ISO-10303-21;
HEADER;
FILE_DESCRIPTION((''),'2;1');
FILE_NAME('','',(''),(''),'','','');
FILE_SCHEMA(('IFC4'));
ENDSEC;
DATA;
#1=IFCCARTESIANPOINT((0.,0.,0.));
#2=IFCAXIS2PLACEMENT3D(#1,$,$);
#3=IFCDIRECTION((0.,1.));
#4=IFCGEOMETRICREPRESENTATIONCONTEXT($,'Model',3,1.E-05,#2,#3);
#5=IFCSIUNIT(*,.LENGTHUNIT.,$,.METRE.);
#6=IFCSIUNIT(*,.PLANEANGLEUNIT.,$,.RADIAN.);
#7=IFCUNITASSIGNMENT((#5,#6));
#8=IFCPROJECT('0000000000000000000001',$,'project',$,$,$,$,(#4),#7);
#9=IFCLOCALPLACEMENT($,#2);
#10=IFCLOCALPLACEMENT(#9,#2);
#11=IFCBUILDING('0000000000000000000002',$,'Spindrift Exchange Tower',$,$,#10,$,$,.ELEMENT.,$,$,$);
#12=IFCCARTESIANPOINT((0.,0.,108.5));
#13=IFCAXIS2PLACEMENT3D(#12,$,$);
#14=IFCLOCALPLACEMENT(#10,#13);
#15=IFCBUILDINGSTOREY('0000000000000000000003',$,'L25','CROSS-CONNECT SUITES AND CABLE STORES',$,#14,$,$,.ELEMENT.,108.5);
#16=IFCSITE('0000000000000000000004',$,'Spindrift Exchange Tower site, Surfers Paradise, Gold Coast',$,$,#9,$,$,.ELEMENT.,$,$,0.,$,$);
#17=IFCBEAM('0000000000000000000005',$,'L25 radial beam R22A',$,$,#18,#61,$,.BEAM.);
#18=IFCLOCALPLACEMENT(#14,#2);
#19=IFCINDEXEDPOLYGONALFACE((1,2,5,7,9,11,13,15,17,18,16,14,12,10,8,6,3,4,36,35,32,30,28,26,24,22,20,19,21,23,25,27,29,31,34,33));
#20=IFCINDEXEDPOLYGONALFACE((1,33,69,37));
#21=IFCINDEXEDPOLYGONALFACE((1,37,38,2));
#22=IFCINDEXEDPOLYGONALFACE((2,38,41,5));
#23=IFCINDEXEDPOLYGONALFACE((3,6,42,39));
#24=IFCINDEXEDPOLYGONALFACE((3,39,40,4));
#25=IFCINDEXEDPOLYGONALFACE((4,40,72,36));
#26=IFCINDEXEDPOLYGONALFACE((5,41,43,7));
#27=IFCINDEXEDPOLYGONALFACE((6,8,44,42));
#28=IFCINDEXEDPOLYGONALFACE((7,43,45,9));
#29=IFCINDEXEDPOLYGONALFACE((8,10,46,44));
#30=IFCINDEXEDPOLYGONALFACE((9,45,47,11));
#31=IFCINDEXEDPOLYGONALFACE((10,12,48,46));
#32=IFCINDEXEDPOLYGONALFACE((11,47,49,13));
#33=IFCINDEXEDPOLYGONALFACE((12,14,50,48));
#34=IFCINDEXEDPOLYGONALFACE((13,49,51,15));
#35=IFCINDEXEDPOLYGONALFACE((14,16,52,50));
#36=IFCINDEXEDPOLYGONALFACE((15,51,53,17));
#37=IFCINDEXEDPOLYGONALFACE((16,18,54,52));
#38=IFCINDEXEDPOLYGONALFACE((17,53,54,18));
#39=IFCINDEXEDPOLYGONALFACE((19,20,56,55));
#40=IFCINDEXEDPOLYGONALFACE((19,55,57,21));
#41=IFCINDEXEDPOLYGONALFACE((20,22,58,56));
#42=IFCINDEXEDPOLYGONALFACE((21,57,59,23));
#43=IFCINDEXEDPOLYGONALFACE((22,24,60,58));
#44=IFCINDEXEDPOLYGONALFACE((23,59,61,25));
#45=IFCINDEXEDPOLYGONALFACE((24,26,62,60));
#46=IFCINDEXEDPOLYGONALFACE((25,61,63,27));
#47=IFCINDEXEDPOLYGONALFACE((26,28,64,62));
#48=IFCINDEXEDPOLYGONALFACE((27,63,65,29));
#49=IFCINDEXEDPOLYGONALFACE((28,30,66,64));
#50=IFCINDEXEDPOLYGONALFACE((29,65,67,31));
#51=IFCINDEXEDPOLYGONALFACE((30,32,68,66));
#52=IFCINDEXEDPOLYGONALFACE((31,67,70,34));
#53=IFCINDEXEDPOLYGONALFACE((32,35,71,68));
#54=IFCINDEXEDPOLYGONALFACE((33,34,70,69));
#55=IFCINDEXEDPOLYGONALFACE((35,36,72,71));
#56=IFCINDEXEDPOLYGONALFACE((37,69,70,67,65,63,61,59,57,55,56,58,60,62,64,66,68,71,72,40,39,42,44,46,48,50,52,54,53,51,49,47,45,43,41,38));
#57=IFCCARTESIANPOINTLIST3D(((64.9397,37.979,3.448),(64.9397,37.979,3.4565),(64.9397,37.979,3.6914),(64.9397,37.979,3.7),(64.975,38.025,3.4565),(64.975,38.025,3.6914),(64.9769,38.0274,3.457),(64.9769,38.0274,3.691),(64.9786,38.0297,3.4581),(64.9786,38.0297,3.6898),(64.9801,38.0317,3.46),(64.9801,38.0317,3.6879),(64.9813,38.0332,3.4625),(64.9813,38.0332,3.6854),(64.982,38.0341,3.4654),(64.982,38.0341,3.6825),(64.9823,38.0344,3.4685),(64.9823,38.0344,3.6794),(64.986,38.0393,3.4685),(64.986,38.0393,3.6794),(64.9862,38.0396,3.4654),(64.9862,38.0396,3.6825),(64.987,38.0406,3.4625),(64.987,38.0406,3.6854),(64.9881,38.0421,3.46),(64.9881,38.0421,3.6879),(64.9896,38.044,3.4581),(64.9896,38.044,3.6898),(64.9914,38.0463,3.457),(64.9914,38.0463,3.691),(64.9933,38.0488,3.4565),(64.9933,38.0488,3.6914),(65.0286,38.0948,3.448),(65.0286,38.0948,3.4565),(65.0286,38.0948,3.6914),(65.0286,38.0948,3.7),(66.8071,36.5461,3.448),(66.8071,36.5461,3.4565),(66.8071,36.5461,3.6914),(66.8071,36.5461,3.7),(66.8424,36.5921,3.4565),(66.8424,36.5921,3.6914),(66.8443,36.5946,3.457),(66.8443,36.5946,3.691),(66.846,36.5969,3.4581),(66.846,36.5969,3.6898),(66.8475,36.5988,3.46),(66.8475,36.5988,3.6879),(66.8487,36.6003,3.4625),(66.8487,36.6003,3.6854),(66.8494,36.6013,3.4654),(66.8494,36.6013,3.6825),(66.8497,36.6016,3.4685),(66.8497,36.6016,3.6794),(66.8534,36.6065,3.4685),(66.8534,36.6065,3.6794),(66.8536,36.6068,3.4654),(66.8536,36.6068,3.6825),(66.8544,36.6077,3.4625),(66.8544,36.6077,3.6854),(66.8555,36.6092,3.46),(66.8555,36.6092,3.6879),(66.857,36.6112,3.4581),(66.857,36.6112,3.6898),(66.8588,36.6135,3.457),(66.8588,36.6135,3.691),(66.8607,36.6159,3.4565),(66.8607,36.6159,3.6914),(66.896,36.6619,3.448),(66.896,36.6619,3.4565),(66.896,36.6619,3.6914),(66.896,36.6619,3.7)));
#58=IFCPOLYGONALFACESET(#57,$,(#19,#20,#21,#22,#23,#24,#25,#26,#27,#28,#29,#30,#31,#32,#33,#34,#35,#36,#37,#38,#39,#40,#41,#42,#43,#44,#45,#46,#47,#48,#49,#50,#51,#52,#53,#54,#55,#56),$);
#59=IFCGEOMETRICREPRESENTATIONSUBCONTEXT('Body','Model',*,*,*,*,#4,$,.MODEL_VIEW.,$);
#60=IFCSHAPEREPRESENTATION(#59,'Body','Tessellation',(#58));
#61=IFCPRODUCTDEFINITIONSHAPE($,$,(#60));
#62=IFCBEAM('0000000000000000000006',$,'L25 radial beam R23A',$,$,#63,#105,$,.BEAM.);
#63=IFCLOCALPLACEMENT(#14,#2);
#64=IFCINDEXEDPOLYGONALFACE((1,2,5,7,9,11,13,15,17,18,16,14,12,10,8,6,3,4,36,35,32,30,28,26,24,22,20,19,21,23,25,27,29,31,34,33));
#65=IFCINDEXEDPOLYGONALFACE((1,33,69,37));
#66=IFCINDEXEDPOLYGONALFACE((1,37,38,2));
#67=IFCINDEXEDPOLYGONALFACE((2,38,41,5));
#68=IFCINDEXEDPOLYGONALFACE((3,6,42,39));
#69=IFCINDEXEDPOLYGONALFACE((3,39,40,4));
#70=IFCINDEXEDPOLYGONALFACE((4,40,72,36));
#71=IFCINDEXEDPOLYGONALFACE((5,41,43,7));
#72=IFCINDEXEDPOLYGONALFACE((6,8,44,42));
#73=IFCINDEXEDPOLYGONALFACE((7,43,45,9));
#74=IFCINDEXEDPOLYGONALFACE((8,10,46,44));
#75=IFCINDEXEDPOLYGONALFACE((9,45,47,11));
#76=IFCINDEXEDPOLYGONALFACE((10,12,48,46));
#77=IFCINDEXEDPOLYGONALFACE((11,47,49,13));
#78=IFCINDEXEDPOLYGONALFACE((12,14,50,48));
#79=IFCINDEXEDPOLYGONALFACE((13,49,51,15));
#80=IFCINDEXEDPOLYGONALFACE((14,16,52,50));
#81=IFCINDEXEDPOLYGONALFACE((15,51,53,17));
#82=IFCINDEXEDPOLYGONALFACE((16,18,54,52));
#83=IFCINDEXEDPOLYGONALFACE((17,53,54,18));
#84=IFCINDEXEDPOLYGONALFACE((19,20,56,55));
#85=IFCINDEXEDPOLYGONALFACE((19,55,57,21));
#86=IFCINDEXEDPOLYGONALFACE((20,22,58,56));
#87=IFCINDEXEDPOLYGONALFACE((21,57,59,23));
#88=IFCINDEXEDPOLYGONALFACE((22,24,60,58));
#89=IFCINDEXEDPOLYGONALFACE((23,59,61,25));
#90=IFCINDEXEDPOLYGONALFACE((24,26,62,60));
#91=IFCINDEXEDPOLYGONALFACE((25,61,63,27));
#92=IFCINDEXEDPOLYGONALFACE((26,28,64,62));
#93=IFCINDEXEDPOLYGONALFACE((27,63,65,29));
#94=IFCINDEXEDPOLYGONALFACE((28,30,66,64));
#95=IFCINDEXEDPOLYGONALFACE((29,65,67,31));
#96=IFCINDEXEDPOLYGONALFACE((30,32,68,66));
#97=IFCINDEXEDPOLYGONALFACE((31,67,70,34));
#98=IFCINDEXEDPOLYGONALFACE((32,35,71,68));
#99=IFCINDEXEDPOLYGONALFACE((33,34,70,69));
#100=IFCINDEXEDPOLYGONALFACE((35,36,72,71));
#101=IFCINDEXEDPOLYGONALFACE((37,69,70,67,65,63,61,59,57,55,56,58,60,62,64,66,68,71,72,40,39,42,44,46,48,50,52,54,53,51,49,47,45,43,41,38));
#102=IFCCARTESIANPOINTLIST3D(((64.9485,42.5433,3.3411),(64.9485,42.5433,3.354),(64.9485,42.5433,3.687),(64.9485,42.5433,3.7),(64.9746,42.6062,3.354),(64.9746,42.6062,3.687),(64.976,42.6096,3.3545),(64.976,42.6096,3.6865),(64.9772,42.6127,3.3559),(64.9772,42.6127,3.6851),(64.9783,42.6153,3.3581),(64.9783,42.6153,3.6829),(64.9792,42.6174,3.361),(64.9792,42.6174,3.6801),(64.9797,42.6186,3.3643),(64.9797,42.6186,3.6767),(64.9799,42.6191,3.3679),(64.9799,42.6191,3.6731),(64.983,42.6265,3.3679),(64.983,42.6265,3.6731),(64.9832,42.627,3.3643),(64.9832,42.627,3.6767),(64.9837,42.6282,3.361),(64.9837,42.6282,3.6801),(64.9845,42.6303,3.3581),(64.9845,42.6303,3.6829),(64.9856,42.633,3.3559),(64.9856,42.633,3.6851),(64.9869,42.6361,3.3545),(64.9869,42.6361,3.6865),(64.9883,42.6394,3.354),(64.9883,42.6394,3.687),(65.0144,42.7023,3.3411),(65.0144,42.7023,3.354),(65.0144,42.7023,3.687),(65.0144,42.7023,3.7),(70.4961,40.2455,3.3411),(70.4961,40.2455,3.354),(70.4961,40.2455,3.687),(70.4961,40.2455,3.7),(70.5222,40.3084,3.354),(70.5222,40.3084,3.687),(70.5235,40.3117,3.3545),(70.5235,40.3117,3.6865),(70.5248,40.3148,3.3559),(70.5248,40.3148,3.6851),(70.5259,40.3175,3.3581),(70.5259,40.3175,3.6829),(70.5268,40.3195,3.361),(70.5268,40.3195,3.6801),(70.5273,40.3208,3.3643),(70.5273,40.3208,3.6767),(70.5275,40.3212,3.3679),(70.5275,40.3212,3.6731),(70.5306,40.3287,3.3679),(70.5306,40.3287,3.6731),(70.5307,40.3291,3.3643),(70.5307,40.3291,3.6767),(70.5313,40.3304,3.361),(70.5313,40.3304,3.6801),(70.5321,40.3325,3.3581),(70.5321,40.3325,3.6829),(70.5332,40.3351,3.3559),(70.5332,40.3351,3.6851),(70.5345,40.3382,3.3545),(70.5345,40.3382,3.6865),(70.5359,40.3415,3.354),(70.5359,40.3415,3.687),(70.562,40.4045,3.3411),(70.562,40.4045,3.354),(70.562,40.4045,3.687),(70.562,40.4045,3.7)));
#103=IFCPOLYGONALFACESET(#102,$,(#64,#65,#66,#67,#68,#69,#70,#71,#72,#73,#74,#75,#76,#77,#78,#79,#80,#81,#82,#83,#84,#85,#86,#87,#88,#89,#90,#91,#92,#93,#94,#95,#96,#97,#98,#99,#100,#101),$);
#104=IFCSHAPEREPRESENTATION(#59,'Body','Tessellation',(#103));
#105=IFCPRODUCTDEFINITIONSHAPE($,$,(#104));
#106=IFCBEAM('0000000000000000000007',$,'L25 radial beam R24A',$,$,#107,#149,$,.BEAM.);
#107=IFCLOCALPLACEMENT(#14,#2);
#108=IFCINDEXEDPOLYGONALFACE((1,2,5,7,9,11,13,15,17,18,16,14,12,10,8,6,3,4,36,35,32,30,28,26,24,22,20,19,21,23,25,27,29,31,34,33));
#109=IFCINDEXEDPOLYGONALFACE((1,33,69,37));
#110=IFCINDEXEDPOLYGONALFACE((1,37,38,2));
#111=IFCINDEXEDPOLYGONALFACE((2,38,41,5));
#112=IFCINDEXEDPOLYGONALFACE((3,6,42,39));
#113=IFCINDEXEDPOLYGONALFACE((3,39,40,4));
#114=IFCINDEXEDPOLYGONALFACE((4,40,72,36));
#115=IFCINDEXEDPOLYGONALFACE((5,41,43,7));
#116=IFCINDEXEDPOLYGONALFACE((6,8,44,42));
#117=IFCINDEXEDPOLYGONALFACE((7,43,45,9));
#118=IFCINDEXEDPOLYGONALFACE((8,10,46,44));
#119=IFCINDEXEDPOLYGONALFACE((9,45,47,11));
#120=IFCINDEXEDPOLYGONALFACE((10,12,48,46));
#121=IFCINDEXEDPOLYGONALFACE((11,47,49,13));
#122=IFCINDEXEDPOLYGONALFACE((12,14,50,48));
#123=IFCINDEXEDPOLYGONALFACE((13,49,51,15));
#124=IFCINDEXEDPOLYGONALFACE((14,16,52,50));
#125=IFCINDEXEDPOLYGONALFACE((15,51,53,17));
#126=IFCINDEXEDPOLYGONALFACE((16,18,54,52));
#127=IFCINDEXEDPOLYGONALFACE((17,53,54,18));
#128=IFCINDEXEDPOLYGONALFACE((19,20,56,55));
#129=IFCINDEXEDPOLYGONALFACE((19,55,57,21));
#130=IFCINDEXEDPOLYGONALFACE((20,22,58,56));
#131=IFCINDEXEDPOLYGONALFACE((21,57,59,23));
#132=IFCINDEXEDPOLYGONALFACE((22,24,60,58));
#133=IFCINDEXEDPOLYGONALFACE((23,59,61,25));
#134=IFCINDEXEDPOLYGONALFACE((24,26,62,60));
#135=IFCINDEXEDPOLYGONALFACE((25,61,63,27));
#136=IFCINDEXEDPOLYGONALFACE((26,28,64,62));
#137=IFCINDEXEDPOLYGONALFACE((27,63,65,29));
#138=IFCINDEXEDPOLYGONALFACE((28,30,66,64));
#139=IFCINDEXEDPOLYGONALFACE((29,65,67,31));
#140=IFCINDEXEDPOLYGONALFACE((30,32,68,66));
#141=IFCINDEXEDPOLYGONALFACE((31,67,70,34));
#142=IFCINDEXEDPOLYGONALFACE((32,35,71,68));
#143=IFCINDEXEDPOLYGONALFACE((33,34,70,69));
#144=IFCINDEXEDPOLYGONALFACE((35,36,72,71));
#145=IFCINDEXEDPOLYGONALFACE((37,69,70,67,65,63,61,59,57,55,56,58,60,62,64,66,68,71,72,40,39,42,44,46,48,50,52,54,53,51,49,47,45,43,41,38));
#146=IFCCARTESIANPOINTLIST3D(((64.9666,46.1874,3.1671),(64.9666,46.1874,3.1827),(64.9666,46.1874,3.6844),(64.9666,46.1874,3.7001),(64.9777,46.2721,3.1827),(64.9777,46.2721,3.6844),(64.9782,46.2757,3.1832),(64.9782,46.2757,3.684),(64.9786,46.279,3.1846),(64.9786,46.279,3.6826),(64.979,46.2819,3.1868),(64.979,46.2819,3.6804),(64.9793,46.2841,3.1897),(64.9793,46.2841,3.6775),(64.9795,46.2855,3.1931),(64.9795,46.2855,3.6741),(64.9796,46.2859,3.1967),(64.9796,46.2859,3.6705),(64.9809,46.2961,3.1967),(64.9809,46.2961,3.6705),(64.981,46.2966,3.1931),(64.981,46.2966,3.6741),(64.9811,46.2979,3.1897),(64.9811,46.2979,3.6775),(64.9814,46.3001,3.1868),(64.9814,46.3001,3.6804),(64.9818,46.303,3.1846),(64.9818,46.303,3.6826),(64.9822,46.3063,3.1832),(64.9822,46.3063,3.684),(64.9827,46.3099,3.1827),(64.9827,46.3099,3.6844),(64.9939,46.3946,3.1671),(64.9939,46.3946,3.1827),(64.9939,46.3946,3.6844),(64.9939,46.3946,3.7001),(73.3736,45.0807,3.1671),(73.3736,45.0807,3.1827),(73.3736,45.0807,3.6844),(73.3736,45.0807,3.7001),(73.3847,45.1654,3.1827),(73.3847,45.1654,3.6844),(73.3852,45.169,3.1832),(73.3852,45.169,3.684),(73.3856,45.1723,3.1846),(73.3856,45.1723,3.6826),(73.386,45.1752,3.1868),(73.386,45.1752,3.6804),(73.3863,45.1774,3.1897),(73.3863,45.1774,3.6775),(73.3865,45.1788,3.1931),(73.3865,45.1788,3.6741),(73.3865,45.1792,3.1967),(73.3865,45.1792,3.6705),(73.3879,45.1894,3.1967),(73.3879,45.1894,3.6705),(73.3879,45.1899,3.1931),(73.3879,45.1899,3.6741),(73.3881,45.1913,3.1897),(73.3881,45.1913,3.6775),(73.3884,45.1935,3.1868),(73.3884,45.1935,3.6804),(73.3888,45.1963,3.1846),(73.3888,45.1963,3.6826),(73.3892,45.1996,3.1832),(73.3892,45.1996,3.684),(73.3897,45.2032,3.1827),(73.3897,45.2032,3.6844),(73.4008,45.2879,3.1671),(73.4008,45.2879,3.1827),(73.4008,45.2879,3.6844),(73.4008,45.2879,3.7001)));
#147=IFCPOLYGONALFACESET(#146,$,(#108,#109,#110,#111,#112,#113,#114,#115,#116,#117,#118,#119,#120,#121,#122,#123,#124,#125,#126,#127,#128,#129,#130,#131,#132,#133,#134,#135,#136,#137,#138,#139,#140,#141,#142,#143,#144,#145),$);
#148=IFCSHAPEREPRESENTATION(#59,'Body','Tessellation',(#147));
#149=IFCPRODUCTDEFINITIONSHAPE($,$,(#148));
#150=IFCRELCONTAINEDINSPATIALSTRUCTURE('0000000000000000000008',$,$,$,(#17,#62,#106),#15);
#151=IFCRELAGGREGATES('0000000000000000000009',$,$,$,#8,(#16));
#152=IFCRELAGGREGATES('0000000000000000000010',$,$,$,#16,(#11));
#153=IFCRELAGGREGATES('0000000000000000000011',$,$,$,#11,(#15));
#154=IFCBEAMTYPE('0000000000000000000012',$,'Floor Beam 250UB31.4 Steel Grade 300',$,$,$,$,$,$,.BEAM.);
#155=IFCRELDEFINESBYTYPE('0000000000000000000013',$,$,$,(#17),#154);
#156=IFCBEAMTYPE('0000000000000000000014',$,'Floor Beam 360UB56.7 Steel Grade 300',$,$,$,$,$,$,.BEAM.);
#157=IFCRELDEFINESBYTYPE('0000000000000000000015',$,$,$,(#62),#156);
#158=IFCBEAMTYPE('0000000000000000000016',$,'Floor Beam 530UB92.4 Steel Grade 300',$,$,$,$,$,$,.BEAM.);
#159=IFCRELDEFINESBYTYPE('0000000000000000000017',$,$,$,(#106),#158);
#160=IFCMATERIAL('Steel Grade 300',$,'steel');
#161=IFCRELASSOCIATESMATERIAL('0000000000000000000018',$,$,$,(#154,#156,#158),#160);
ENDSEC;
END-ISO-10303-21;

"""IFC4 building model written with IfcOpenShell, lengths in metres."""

from ifc_helpers import new_model, si_unit, direction, frame, origin, origin_2d, place, context, subcontext, project, spatial, i_section, extrude, source, transform, mapped, material, material_profile, profile_set, type_object, element, save


model = new_model("IFC4")

# Units and contexts
model_context = context("Model", 3, precision=1e-05, world=origin(), true_north=direction((0.0, 1.0)))
body_context = subcontext(model_context, "Body", "Model", "MODEL_VIEW")
ifc_project = project(units=[si_unit("LENGTHUNIT", "METRE"), si_unit("PLANEANGLEUNIT", "RADIAN")], contexts=[model_context])

# Site, building, storey
site_placement = place(None, origin())
site = spatial("IfcSite", under=ifc_project, at=site_placement, Name="Spindrift Exchange Tower site, Surfers Paradise, Gold Coast", CompositionType="ELEMENT", RefElevation=0.0)
building_placement = place(site_placement, origin())
building = spatial("IfcBuilding", under=site, at=building_placement, Name="Spindrift Exchange Tower", CompositionType="ELEMENT")
storey_placement = place(building_placement, frame((0.0, 0.0, 108.5)))
storey = spatial("IfcBuildingStorey", under=building, at=storey_placement, Name="L25", Description="CROSS-CONNECT SUITES AND CABLE STORES", CompositionType="ELEMENT", Elevation=108.5)

# Beams
ifc_material_1 = material(Name="Steel Grade 300", Category="steel")
ifc_material_profile_1 = material_profile(ifc_material_1, i_section(OverallWidth=0.146, OverallDepth=0.252, WebThickness=0.0061, FlangeThickness=0.0085, FilletRadius=0.012, at=origin_2d()), Name="250UB31.4")
ifc_profile_set_1 = profile_set([ifc_material_profile_1], Name="Steel Grade 300")
beam_type_1 = type_object("IfcBeamType", Name="Floor Beam 250UB31.4 Steel Grade 300", PredefinedType="BEAM", material=ifc_profile_set_1)
shared_shape_1 = source(origin(), body_context, "Body", "SweptSolid", [
    extrude(i_section(OverallWidth=0.146, OverallDepth=0.252, WebThickness=0.0061, FlangeThickness=0.0085, FilletRadius=0.012, at=origin_2d()), origin(), (0.0, 0.0, 1.0), 2.3538),
])
beam_1_placement = place(storey_placement, frame((64.9841, 38.0369, 3.574), z_axis=(0.793368, -0.608743, 0.0), x_axis=(0.608743, 0.793368, 0.0)))
element("IfcBeam", 1, at=beam_1_placement, inside=storey, type_object=beam_type_1, Name="L25 radial beam R22A", PredefinedType="BEAM", context=body_context, shape_type="MappedRepresentation", body=[
    mapped(shared_shape_1, transform((0.0, 0.0, 0.0), scale=1.0)),
])
ifc_material_profile_2 = material_profile(ifc_material_1, i_section(OverallWidth=0.1721, OverallDepth=0.3589, WebThickness=0.0081, FlangeThickness=0.0129, FilletRadius=0.0139, at=origin_2d()), Name="360UB56.7")
ifc_profile_set_2 = profile_set([ifc_material_profile_2], Name="Steel Grade 300")
beam_type_2 = type_object("IfcBeamType", Name="Floor Beam 360UB56.7 Steel Grade 300", PredefinedType="BEAM", material=ifc_profile_set_2)
shared_shape_2 = source(origin(), body_context, "Body", "SweptSolid", [
    extrude(i_section(OverallWidth=0.1721, OverallDepth=0.3589, WebThickness=0.0081, FlangeThickness=0.0129, FilletRadius=0.0139, at=origin_2d()), origin(), (0.0, 0.0, 1.0), 6.0046),
])
beam_2_placement = place(storey_placement, frame((64.9814, 42.6228, 3.5205), z_axis=(0.923882, -0.382677, 0.0), x_axis=(0.382677, 0.923882, 0.0)))
element("IfcBeam", 2, at=beam_2_placement, inside=storey, type_object=beam_type_2, Name="L25 radial beam R23A", PredefinedType="BEAM", context=body_context, shape_type="MappedRepresentation", body=[
    mapped(shared_shape_2, transform((0.0, 0.0, 0.0), scale=1.0)),
])
ifc_material_profile_3 = material_profile(ifc_material_1, i_section(OverallWidth=0.209, OverallDepth=0.533, WebThickness=0.0103, FlangeThickness=0.0156, FilletRadius=0.0139, at=origin_2d()), Name="530UB92.4")
ifc_profile_set_3 = profile_set([ifc_material_profile_3], Name="Steel Grade 300")
beam_type_3 = type_object("IfcBeamType", Name="Floor Beam 530UB92.4 Steel Grade 300", PredefinedType="BEAM", material=ifc_profile_set_3)
shared_shape_3 = source(origin(), body_context, "Body", "SweptSolid", [
    extrude(i_section(OverallWidth=0.209, OverallDepth=0.533, WebThickness=0.0103, FlangeThickness=0.0156, FilletRadius=0.0139, at=origin_2d()), origin(), (0.0, 0.0, 1.0), 8.4795),
])
beam_3_placement = place(storey_placement, frame((64.9802, 46.291, 3.4336), z_axis=(0.991447, -0.130513, 0.0), x_axis=(0.130513, 0.991447, 0.0)))
element("IfcBeam", 3, at=beam_3_placement, inside=storey, type_object=beam_type_3, Name="L25 radial beam R24A", PredefinedType="BEAM", context=body_context, shape_type="MappedRepresentation", body=[
    mapped(shared_shape_3, transform((0.0, 0.0, 0.0), scale=1.0)),
])

save(model, "model.ifc")
